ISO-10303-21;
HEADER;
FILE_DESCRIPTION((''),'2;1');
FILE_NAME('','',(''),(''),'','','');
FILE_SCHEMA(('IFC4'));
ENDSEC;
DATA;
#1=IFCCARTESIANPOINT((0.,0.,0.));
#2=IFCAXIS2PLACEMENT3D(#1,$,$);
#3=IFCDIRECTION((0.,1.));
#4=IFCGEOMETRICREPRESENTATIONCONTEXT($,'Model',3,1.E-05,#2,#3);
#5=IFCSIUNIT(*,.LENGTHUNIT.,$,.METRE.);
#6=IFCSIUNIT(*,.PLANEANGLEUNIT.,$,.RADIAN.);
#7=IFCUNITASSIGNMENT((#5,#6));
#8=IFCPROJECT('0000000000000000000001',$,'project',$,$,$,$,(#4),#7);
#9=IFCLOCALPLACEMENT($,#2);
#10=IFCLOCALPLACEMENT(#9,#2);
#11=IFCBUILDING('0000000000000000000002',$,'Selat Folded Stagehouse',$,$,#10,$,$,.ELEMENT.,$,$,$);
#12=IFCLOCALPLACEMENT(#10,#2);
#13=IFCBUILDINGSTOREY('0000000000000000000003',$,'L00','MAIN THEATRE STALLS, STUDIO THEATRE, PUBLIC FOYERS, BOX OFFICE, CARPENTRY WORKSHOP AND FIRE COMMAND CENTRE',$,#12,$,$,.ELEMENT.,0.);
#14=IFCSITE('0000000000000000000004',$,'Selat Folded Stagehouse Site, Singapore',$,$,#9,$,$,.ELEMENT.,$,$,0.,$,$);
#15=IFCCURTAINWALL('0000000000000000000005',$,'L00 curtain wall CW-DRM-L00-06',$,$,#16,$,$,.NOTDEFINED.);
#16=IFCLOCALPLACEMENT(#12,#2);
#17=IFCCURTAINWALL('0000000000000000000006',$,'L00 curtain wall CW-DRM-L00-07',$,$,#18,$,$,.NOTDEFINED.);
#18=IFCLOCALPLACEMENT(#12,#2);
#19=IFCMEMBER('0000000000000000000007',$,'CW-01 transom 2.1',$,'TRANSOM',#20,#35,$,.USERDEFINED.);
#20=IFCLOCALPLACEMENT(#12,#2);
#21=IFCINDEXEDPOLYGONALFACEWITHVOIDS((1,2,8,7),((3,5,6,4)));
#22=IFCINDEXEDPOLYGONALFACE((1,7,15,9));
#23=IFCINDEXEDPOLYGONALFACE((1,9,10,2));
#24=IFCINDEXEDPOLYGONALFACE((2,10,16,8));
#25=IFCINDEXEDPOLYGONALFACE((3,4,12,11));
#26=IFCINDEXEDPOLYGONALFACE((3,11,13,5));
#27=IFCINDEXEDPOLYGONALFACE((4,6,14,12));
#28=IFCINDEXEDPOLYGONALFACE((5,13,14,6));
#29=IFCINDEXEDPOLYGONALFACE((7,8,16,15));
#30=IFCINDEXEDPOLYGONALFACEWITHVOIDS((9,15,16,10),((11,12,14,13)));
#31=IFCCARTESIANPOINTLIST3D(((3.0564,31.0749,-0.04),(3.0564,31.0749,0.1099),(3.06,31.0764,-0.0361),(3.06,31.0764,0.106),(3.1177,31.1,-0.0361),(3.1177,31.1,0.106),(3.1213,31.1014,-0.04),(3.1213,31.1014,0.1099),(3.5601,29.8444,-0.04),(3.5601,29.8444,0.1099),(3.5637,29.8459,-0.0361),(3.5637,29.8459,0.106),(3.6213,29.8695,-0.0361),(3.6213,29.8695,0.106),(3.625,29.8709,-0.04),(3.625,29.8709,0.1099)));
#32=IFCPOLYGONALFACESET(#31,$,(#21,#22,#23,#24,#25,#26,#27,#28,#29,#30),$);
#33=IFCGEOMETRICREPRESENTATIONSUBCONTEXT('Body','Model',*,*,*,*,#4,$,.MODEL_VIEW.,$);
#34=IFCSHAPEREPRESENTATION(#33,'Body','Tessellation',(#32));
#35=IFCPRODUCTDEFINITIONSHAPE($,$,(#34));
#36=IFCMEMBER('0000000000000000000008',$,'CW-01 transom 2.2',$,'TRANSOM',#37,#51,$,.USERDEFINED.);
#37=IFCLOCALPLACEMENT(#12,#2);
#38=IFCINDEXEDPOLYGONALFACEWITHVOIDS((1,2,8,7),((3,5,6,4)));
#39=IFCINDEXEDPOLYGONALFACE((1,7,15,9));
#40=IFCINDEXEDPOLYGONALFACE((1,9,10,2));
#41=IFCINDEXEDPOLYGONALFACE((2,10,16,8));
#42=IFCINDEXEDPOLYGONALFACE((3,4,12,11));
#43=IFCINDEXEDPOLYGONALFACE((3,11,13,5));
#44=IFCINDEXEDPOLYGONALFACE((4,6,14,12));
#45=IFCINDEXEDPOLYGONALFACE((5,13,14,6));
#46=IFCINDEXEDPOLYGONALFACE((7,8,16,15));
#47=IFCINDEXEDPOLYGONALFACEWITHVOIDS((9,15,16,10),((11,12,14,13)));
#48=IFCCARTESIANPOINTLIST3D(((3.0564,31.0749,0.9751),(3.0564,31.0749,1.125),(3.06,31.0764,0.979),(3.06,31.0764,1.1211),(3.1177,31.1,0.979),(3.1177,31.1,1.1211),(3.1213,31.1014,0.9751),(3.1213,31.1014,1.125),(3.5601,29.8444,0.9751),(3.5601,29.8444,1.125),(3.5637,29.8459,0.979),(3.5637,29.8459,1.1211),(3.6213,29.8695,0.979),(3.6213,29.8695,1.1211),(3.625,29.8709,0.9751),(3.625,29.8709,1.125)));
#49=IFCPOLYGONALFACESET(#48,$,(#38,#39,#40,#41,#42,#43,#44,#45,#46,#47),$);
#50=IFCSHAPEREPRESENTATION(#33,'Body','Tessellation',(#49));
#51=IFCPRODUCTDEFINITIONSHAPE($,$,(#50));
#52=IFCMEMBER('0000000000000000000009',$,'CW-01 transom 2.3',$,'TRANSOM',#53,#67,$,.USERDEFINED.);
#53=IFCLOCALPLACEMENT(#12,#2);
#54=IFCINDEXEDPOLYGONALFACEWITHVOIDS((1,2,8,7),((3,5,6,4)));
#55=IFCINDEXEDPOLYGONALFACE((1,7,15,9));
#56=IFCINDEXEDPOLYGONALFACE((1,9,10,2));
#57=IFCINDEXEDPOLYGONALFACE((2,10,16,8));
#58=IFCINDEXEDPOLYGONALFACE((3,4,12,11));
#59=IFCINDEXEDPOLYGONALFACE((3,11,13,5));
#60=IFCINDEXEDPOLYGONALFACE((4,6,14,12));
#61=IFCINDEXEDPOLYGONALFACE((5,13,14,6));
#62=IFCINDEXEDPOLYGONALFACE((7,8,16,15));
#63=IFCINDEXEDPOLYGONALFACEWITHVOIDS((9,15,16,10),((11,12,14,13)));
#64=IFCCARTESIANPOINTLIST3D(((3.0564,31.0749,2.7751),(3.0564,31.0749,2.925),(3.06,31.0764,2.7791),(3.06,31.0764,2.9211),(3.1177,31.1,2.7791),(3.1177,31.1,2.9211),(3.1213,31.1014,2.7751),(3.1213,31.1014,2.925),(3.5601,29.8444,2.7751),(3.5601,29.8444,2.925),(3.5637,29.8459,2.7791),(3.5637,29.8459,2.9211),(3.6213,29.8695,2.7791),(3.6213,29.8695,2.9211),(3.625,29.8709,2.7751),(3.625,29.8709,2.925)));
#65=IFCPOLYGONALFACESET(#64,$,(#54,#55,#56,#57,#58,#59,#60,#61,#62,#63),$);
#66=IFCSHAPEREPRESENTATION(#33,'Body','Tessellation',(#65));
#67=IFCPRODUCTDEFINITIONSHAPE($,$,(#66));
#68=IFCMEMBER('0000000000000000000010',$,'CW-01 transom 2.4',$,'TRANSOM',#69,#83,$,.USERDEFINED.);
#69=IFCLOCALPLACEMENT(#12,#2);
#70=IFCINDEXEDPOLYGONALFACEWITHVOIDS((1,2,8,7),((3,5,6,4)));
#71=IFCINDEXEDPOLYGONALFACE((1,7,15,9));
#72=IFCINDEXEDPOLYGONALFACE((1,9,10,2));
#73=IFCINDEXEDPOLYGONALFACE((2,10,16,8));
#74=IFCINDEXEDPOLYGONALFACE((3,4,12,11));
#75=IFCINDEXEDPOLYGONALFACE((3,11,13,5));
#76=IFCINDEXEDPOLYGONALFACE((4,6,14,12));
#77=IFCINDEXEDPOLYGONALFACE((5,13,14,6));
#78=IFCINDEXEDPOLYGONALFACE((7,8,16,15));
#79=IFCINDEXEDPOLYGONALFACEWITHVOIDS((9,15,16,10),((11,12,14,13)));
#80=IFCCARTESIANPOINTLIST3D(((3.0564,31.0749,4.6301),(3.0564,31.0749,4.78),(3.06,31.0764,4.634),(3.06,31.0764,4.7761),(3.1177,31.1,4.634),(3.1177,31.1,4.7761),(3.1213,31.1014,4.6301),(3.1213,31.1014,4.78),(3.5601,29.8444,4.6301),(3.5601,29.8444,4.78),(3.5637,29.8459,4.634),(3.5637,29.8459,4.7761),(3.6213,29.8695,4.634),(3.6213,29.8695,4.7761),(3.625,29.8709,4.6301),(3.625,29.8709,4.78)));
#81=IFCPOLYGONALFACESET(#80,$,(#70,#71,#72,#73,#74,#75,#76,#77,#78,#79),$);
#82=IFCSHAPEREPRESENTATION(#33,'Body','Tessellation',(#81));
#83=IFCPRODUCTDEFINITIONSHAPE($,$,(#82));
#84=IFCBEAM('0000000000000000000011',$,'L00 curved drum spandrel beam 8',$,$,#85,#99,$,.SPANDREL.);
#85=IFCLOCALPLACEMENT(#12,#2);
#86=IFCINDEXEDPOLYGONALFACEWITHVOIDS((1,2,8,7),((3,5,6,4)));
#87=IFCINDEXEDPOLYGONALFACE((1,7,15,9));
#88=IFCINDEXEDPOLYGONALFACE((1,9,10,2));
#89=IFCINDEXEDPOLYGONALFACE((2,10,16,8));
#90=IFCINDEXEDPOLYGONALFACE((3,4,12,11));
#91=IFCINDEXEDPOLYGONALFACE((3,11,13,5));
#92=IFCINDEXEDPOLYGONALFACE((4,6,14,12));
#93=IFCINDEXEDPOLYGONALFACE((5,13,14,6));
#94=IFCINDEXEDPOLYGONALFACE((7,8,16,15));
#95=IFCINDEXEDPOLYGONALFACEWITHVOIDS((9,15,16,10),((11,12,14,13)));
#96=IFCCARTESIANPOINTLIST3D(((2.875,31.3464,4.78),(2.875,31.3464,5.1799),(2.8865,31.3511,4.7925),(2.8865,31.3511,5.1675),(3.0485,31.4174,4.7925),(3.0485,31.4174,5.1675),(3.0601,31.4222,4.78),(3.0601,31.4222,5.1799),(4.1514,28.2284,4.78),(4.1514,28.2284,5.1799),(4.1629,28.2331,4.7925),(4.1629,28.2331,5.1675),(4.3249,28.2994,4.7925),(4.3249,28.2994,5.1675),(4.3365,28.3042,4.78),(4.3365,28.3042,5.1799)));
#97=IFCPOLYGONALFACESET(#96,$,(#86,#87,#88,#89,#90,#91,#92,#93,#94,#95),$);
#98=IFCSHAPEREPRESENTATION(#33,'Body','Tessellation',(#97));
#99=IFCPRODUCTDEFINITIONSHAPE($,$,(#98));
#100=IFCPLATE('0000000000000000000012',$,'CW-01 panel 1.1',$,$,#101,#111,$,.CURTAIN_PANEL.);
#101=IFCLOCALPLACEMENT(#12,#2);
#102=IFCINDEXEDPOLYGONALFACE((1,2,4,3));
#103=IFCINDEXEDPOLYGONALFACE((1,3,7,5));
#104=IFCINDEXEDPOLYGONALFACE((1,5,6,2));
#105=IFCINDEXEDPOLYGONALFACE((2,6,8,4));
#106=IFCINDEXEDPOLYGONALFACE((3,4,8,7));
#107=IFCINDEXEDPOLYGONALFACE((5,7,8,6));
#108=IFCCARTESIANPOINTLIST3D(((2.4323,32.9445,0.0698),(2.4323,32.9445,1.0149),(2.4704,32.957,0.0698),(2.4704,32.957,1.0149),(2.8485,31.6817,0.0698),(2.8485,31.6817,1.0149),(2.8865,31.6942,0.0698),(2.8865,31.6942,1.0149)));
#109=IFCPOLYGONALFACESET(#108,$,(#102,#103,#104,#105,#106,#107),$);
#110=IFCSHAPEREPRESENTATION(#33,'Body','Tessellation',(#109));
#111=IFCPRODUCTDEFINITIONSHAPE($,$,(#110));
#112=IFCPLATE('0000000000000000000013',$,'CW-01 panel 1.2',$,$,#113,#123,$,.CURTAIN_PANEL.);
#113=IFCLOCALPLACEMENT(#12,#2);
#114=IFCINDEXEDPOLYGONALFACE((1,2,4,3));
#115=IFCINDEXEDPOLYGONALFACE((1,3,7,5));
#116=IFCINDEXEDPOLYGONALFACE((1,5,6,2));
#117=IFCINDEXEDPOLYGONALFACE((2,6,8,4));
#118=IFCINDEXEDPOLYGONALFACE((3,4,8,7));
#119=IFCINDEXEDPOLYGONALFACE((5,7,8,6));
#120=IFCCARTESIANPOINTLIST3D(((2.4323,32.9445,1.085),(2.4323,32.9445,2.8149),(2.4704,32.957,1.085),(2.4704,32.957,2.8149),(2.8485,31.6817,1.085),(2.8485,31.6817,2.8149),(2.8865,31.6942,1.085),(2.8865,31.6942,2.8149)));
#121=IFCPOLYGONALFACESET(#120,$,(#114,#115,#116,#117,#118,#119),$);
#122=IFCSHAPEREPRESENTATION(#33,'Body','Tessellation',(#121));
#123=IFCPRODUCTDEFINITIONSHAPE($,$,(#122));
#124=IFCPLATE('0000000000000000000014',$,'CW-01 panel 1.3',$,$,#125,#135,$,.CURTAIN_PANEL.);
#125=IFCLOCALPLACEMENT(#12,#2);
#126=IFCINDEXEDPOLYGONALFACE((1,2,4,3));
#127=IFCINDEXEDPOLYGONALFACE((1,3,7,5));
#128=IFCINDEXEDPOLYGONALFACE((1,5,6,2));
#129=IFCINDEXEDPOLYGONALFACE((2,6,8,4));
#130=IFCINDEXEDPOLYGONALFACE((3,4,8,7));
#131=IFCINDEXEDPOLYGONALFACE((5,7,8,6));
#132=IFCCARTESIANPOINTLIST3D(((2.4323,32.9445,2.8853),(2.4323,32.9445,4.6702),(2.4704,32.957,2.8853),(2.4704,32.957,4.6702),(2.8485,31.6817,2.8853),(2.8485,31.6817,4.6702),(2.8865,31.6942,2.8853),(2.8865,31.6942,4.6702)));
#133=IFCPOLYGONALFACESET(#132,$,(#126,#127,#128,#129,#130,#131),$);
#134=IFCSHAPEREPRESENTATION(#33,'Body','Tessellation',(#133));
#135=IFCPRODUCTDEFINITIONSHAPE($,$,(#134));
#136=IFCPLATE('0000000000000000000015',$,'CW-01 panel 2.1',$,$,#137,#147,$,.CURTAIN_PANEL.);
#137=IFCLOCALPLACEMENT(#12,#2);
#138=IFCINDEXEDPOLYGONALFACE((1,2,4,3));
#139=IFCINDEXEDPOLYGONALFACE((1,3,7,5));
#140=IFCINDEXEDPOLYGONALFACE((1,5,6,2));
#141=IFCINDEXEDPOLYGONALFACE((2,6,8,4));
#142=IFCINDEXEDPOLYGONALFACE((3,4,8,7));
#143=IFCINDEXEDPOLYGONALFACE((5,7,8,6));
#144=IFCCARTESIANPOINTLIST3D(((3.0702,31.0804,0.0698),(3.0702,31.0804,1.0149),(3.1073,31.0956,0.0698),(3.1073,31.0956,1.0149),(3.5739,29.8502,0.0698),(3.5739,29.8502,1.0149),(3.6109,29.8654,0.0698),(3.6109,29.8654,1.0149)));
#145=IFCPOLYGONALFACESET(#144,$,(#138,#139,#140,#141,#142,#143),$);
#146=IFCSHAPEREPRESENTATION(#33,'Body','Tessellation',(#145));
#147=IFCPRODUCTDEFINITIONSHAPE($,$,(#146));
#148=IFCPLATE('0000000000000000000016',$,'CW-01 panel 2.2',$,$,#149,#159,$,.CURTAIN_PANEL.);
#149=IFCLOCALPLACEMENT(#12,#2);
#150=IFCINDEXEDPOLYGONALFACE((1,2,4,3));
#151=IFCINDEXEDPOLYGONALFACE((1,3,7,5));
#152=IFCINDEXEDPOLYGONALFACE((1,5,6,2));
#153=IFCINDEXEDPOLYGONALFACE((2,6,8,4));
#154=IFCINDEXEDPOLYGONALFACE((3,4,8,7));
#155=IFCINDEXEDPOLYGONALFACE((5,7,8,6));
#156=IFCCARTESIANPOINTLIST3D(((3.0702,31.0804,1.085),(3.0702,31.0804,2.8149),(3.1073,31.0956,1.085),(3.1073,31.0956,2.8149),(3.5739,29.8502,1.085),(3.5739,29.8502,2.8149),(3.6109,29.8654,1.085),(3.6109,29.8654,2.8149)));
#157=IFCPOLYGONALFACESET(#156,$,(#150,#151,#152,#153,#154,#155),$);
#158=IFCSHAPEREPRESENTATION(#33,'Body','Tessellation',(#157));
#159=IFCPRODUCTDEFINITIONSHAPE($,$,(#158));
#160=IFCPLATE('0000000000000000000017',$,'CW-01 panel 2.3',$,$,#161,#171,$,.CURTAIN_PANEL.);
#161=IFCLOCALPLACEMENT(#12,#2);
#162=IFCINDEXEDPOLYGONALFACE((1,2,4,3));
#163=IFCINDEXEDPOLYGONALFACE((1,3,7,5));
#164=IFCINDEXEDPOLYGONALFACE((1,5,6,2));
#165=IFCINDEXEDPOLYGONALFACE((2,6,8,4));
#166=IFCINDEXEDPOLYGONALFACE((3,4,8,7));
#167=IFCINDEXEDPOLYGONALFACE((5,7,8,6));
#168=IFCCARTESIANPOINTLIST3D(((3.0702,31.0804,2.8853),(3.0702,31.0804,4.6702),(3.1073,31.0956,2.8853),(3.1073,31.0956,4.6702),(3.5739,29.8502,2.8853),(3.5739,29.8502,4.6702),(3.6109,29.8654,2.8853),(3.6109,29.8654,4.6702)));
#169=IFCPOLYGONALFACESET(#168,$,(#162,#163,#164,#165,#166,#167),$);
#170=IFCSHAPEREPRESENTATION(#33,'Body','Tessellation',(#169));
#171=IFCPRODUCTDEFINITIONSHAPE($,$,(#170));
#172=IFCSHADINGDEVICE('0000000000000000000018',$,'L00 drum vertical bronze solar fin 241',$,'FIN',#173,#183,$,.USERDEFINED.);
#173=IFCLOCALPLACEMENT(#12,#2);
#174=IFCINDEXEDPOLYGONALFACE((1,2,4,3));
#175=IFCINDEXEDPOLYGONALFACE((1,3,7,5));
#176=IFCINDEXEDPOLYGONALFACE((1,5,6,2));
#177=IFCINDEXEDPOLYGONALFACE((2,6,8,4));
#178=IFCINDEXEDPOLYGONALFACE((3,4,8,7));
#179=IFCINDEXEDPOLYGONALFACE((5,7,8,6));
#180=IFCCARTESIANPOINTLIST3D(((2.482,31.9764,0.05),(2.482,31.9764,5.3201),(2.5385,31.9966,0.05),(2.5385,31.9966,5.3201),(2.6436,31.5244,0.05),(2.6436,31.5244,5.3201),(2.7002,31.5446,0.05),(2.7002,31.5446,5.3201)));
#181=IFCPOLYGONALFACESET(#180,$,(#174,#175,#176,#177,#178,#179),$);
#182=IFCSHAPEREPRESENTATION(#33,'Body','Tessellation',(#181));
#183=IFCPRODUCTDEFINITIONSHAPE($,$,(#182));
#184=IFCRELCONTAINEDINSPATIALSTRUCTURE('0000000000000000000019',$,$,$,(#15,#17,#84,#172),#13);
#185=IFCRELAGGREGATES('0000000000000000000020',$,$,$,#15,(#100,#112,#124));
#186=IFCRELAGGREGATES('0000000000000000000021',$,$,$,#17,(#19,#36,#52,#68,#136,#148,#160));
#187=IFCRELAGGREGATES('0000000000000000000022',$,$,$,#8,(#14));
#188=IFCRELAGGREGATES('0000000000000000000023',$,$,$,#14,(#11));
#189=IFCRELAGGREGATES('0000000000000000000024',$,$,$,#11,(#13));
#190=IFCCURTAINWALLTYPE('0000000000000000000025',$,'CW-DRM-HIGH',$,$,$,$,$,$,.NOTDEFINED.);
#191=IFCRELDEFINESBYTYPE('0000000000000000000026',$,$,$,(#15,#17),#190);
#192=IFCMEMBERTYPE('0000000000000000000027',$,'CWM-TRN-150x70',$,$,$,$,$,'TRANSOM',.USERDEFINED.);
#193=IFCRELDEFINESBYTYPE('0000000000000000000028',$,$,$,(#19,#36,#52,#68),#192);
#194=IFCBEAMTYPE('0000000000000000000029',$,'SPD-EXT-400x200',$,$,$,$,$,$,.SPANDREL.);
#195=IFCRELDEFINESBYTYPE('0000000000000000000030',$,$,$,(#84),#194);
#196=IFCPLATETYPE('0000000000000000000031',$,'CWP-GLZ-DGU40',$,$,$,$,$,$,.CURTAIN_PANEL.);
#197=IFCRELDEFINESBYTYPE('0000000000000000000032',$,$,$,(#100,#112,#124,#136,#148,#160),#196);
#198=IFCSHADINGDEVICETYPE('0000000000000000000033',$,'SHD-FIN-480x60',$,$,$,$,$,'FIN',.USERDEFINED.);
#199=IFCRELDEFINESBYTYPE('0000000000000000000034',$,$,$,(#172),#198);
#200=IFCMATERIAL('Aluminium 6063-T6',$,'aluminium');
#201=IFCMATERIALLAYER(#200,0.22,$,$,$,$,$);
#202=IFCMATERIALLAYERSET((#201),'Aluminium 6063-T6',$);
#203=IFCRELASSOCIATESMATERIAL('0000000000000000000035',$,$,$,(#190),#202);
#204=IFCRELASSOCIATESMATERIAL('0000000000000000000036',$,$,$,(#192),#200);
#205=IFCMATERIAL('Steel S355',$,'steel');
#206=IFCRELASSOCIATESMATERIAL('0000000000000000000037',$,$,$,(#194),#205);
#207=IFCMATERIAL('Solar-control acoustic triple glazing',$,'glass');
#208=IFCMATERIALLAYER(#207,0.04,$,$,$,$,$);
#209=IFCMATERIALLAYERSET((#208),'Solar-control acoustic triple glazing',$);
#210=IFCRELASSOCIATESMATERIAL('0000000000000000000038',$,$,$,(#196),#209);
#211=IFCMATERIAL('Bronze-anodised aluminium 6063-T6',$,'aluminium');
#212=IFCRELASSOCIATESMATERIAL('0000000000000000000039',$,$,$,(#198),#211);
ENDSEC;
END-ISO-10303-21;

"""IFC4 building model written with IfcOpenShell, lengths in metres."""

from ifc_helpers import new_model, si_unit, direction, frame, origin, origin_2d, place, context, subcontext, project, spatial, rectangle, hollow_rectangle, extrude, material, layer, layer_set, material_profile, profile_set, type_object, element, aggregate, save


model = new_model("IFC4")

# Units and contexts
model_context = context("Model", 3, precision=1e-05, world=origin(), true_north=direction((0.0, 1.0)))
body_context = subcontext(model_context, "Body", "Model", "MODEL_VIEW")
ifc_project = project(units=[si_unit("LENGTHUNIT", "METRE"), si_unit("PLANEANGLEUNIT", "RADIAN")], contexts=[model_context])

# Site, building, storey
site_placement = place(None, origin())
site = spatial("IfcSite", under=ifc_project, at=site_placement, Name="Selat Folded Stagehouse Site, Singapore", CompositionType="ELEMENT", RefElevation=0.0)
building_placement = place(site_placement, origin())
building = spatial("IfcBuilding", under=site, at=building_placement, Name="Selat Folded Stagehouse", CompositionType="ELEMENT")
storey_placement = place(building_placement, origin())
storey = spatial("IfcBuildingStorey", under=building, at=storey_placement, Name="L00", Description="MAIN THEATRE STALLS, STUDIO THEATRE, PUBLIC FOYERS, BOX OFFICE, CARPENTRY WORKSHOP AND FIRE COMMAND CENTRE", CompositionType="ELEMENT", Elevation=0.0)

# Shared definitions
ifc_material_1 = material(Name="Steel S355", Category="steel")

# Curtain wall
ifc_material_2 = material(Name="Aluminium 6063-T6", Category="aluminium")
ifc_layer_1 = layer(ifc_material_2, 0.22)
ifc_layer_set_1 = layer_set([ifc_layer_1], Name="Aluminium 6063-T6")
curtain_wall_type = type_object("IfcCurtainWallType", Name="CW-DRM-HIGH", PredefinedType="NOTDEFINED", material=ifc_layer_set_1)
curtain_wall_1_placement = place(storey_placement, origin())
curtain_wall_1 = element("IfcCurtainWall", 1, at=curtain_wall_1_placement, inside=storey, type_object=curtain_wall_type, Name="L00 curtain wall CW-DRM-L00-06", PredefinedType="NOTDEFINED")

# Curtain wall
curtain_wall_2_placement = place(storey_placement, origin())
curtain_wall_2 = element("IfcCurtainWall", 2, at=curtain_wall_2_placement, inside=storey, type_object=curtain_wall_type, Name="L00 curtain wall CW-DRM-L00-07", PredefinedType="NOTDEFINED")

# Members
ifc_material_profile_1 = material_profile(ifc_material_2, hollow_rectangle(XDim=0.0701, YDim=0.1499, WallThickness=0.0039, at=origin_2d()), Name="ALU 150x70x4.0")
ifc_profile_set_1 = profile_set([ifc_material_profile_1], Name="Aluminium 6063-T6")
member_type_1 = type_object("IfcMemberType", Name="CWM-TRN-150x70", ElementType="TRANSOM", PredefinedType="USERDEFINED", material=ifc_profile_set_1)
member_1_placement = place(storey_placement, frame((3.5925, 29.8577, 0.0349), z_axis=(-0.378819, 0.925471, 0.0), x_axis=(-0.925471, -0.378819, 0.0)))
member_1 = element("IfcMember", 3, at=member_1_placement, type_object=member_type_1, Name="CW-01 transom 2.1", ObjectType="TRANSOM", PredefinedType="USERDEFINED", context=body_context, shape_type="SweptSolid", body=[
    extrude(hollow_rectangle(XDim=0.0701, YDim=0.1499, WallThickness=0.0039, at=origin_2d()), origin(), (0.0, 0.0, 1.0), 1.3296),
])
member_2_placement = place(storey_placement, frame((3.5925, 29.8577, 1.05), z_axis=(-0.378819, 0.925471, 0.0), x_axis=(-0.925471, -0.378819, 0.0)))
member_2 = element("IfcMember", 4, at=member_2_placement, type_object=member_type_1, Name="CW-01 transom 2.2", ObjectType="TRANSOM", PredefinedType="USERDEFINED", context=body_context, shape_type="SweptSolid", body=[
    extrude(hollow_rectangle(XDim=0.0701, YDim=0.1499, WallThickness=0.0039, at=origin_2d()), origin(), (0.0, 0.0, 1.0), 1.3296),
])
member_3_placement = place(storey_placement, frame((3.5925, 29.8577, 2.8501), z_axis=(-0.378819, 0.925471, 0.0), x_axis=(-0.925471, -0.378819, 0.0)))
member_3 = element("IfcMember", 5, at=member_3_placement, type_object=member_type_1, Name="CW-01 transom 2.3", ObjectType="TRANSOM", PredefinedType="USERDEFINED", context=body_context, shape_type="SweptSolid", body=[
    extrude(hollow_rectangle(XDim=0.0701, YDim=0.1499, WallThickness=0.0039, at=origin_2d()), origin(), (0.0, 0.0, 1.0), 1.3296),
])
member_4_placement = place(storey_placement, frame((3.5925, 29.8577, 4.7051), z_axis=(-0.378819, 0.925471, 0.0), x_axis=(-0.925471, -0.378819, 0.0)))
member_4 = element("IfcMember", 6, at=member_4_placement, type_object=member_type_1, Name="CW-01 transom 2.4", ObjectType="TRANSOM", PredefinedType="USERDEFINED", context=body_context, shape_type="SweptSolid", body=[
    extrude(hollow_rectangle(XDim=0.0701, YDim=0.1499, WallThickness=0.0039, at=origin_2d()), origin(), (0.0, 0.0, 1.0), 1.3296),
])

# Beam
ifc_material_profile_2 = material_profile(ifc_material_1, hollow_rectangle(XDim=0.2, YDim=0.3999, WallThickness=0.0125, at=origin_2d()), Name="RHS 400x200x12.5")
ifc_profile_set_2 = profile_set([ifc_material_profile_2], Name="Steel S355")
beam_type = type_object("IfcBeamType", Name="SPD-EXT-400x200", PredefinedType="SPANDREL", material=ifc_profile_set_2)
beam_placement = place(storey_placement, frame((2.9675, 31.3843, 4.98), z_axis=(0.37885, -0.925458, 0.0), x_axis=(0.925458, 0.37885, 0.0)))
element("IfcBeam", 7, at=beam_placement, inside=storey, type_object=beam_type, Name="L00 curved drum spandrel beam 8", PredefinedType="SPANDREL", context=body_context, shape_type="SweptSolid", body=[
    extrude(hollow_rectangle(XDim=0.2, YDim=0.3999, WallThickness=0.0125, at=origin_2d()), origin(), (0.0, 0.0, 1.0), 3.3691),
])

# Plates
ifc_material_3 = material(Name="Solar-control acoustic triple glazing", Category="glass")
ifc_layer_2 = layer(ifc_material_3, 0.04)
ifc_layer_set_2 = layer_set([ifc_layer_2], Name="Solar-control acoustic triple glazing")
plate_type = type_object("IfcPlateType", Name="CWP-GLZ-DGU40", PredefinedType="CURTAIN_PANEL", material=ifc_layer_set_2)
plate_1_placement = place(storey_placement, frame((2.6594, 32.3193, 0.0698), z_axis=(0.0, 0.0, 1.0), x_axis=(-0.312995, 0.949755, 0.0)))
plate_1 = element("IfcPlate", 8, at=plate_1_placement, type_object=plate_type, Name="CW-01 panel 1.1", PredefinedType="CURTAIN_PANEL", context=body_context, shape_type="SweptSolid", body=[
    extrude(rectangle(XDim=1.3296, YDim=0.04, at=origin_2d()), origin(), (0.0, 0.0, 1.0), 0.9451),
])
plate_2_placement = place(storey_placement, frame((2.6594, 32.3193, 1.085), z_axis=(0.0, 0.0, 1.0), x_axis=(-0.312995, 0.949755, 0.0)))
plate_2 = element("IfcPlate", 9, at=plate_2_placement, type_object=plate_type, Name="CW-01 panel 1.2", PredefinedType="CURTAIN_PANEL", context=body_context, shape_type="SweptSolid", body=[
    extrude(rectangle(XDim=1.3296, YDim=0.04, at=origin_2d()), origin(), (0.0, 0.0, 1.0), 1.73),
])
plate_3_placement = place(storey_placement, frame((2.6594, 32.3193, 2.8853), z_axis=(0.0, 0.0, 1.0), x_axis=(-0.312995, 0.949755, 0.0)))
plate_3 = element("IfcPlate", 10, at=plate_3_placement, type_object=plate_type, Name="CW-01 panel 1.3", PredefinedType="CURTAIN_PANEL", context=body_context, shape_type="SweptSolid", body=[
    extrude(rectangle(XDim=1.3296, YDim=0.04, at=origin_2d()), origin(), (0.0, 0.0, 1.0), 1.7849),
])
aggregate(curtain_wall_1, [plate_1, plate_2, plate_3])
plate_4_placement = place(storey_placement, frame((3.3406, 30.4729, 0.0698), z_axis=(0.0, 0.0, 1.0), x_axis=(-0.378891, 0.925441, 0.0)))
plate_4 = element("IfcPlate", 11, at=plate_4_placement, type_object=plate_type, Name="CW-01 panel 2.1", PredefinedType="CURTAIN_PANEL", context=body_context, shape_type="SweptSolid", body=[
    extrude(rectangle(XDim=1.3293, YDim=0.04, at=origin_2d()), origin(), (0.0, 0.0, 1.0), 0.9451),
])
plate_5_placement = place(storey_placement, frame((3.3406, 30.4729, 1.085), z_axis=(0.0, 0.0, 1.0), x_axis=(-0.378891, 0.925441, 0.0)))
plate_5 = element("IfcPlate", 12, at=plate_5_placement, type_object=plate_type, Name="CW-01 panel 2.2", PredefinedType="CURTAIN_PANEL", context=body_context, shape_type="SweptSolid", body=[
    extrude(rectangle(XDim=1.3293, YDim=0.04, at=origin_2d()), origin(), (0.0, 0.0, 1.0), 1.73),
])
plate_6_placement = place(storey_placement, frame((3.3406, 30.4729, 2.8853), z_axis=(0.0, 0.0, 1.0), x_axis=(-0.378891, 0.925441, 0.0)))
plate_6 = element("IfcPlate", 13, at=plate_6_placement, type_object=plate_type, Name="CW-01 panel 2.3", PredefinedType="CURTAIN_PANEL", context=body_context, shape_type="SweptSolid", body=[
    extrude(rectangle(XDim=1.3293, YDim=0.04, at=origin_2d()), origin(), (0.0, 0.0, 1.0), 1.7849),
])
aggregate(curtain_wall_2, [member_1, member_2, member_3, member_4, plate_4, plate_5, plate_6])

# Shading device
ifc_material_4 = material(Name="Bronze-anodised aluminium 6063-T6", Category="aluminium")
ifc_material_profile_3 = material_profile(ifc_material_4, rectangle(XDim=0.0601, YDim=0.48, at=origin_2d()), Name="SOLAR-FIN 480x60")
ifc_profile_set_3 = profile_set([ifc_material_profile_3], Name="Bronze-anodised aluminium 6063-T6")
shading_device_type = type_object("IfcShadingDeviceType", Name="SHD-FIN-480x60", ElementType="FIN", PredefinedType="USERDEFINED", material=ifc_profile_set_3)
for number, where, z_axis, x_axis, name in (
    (14, (2.5911, 31.7605, 0.05), (0.0, 0.0, 1.0), (-0.941588, -0.336767, 0.0), "L00 drum vertical bronze solar fin 241"),
):
    element("IfcShadingDevice", number, at=place(storey_placement, frame(where, z_axis=z_axis, x_axis=x_axis)), inside=storey, type_object=shading_device_type, Name=name, ObjectType="FIN", PredefinedType="USERDEFINED", context=body_context, shape_type="SweptSolid", body=[
        extrude(rectangle(XDim=0.0601, YDim=0.48, at=origin_2d()), origin(), (0.0, 0.0, 1.0), 5.27),
    ])

save(model, "model.ifc")
